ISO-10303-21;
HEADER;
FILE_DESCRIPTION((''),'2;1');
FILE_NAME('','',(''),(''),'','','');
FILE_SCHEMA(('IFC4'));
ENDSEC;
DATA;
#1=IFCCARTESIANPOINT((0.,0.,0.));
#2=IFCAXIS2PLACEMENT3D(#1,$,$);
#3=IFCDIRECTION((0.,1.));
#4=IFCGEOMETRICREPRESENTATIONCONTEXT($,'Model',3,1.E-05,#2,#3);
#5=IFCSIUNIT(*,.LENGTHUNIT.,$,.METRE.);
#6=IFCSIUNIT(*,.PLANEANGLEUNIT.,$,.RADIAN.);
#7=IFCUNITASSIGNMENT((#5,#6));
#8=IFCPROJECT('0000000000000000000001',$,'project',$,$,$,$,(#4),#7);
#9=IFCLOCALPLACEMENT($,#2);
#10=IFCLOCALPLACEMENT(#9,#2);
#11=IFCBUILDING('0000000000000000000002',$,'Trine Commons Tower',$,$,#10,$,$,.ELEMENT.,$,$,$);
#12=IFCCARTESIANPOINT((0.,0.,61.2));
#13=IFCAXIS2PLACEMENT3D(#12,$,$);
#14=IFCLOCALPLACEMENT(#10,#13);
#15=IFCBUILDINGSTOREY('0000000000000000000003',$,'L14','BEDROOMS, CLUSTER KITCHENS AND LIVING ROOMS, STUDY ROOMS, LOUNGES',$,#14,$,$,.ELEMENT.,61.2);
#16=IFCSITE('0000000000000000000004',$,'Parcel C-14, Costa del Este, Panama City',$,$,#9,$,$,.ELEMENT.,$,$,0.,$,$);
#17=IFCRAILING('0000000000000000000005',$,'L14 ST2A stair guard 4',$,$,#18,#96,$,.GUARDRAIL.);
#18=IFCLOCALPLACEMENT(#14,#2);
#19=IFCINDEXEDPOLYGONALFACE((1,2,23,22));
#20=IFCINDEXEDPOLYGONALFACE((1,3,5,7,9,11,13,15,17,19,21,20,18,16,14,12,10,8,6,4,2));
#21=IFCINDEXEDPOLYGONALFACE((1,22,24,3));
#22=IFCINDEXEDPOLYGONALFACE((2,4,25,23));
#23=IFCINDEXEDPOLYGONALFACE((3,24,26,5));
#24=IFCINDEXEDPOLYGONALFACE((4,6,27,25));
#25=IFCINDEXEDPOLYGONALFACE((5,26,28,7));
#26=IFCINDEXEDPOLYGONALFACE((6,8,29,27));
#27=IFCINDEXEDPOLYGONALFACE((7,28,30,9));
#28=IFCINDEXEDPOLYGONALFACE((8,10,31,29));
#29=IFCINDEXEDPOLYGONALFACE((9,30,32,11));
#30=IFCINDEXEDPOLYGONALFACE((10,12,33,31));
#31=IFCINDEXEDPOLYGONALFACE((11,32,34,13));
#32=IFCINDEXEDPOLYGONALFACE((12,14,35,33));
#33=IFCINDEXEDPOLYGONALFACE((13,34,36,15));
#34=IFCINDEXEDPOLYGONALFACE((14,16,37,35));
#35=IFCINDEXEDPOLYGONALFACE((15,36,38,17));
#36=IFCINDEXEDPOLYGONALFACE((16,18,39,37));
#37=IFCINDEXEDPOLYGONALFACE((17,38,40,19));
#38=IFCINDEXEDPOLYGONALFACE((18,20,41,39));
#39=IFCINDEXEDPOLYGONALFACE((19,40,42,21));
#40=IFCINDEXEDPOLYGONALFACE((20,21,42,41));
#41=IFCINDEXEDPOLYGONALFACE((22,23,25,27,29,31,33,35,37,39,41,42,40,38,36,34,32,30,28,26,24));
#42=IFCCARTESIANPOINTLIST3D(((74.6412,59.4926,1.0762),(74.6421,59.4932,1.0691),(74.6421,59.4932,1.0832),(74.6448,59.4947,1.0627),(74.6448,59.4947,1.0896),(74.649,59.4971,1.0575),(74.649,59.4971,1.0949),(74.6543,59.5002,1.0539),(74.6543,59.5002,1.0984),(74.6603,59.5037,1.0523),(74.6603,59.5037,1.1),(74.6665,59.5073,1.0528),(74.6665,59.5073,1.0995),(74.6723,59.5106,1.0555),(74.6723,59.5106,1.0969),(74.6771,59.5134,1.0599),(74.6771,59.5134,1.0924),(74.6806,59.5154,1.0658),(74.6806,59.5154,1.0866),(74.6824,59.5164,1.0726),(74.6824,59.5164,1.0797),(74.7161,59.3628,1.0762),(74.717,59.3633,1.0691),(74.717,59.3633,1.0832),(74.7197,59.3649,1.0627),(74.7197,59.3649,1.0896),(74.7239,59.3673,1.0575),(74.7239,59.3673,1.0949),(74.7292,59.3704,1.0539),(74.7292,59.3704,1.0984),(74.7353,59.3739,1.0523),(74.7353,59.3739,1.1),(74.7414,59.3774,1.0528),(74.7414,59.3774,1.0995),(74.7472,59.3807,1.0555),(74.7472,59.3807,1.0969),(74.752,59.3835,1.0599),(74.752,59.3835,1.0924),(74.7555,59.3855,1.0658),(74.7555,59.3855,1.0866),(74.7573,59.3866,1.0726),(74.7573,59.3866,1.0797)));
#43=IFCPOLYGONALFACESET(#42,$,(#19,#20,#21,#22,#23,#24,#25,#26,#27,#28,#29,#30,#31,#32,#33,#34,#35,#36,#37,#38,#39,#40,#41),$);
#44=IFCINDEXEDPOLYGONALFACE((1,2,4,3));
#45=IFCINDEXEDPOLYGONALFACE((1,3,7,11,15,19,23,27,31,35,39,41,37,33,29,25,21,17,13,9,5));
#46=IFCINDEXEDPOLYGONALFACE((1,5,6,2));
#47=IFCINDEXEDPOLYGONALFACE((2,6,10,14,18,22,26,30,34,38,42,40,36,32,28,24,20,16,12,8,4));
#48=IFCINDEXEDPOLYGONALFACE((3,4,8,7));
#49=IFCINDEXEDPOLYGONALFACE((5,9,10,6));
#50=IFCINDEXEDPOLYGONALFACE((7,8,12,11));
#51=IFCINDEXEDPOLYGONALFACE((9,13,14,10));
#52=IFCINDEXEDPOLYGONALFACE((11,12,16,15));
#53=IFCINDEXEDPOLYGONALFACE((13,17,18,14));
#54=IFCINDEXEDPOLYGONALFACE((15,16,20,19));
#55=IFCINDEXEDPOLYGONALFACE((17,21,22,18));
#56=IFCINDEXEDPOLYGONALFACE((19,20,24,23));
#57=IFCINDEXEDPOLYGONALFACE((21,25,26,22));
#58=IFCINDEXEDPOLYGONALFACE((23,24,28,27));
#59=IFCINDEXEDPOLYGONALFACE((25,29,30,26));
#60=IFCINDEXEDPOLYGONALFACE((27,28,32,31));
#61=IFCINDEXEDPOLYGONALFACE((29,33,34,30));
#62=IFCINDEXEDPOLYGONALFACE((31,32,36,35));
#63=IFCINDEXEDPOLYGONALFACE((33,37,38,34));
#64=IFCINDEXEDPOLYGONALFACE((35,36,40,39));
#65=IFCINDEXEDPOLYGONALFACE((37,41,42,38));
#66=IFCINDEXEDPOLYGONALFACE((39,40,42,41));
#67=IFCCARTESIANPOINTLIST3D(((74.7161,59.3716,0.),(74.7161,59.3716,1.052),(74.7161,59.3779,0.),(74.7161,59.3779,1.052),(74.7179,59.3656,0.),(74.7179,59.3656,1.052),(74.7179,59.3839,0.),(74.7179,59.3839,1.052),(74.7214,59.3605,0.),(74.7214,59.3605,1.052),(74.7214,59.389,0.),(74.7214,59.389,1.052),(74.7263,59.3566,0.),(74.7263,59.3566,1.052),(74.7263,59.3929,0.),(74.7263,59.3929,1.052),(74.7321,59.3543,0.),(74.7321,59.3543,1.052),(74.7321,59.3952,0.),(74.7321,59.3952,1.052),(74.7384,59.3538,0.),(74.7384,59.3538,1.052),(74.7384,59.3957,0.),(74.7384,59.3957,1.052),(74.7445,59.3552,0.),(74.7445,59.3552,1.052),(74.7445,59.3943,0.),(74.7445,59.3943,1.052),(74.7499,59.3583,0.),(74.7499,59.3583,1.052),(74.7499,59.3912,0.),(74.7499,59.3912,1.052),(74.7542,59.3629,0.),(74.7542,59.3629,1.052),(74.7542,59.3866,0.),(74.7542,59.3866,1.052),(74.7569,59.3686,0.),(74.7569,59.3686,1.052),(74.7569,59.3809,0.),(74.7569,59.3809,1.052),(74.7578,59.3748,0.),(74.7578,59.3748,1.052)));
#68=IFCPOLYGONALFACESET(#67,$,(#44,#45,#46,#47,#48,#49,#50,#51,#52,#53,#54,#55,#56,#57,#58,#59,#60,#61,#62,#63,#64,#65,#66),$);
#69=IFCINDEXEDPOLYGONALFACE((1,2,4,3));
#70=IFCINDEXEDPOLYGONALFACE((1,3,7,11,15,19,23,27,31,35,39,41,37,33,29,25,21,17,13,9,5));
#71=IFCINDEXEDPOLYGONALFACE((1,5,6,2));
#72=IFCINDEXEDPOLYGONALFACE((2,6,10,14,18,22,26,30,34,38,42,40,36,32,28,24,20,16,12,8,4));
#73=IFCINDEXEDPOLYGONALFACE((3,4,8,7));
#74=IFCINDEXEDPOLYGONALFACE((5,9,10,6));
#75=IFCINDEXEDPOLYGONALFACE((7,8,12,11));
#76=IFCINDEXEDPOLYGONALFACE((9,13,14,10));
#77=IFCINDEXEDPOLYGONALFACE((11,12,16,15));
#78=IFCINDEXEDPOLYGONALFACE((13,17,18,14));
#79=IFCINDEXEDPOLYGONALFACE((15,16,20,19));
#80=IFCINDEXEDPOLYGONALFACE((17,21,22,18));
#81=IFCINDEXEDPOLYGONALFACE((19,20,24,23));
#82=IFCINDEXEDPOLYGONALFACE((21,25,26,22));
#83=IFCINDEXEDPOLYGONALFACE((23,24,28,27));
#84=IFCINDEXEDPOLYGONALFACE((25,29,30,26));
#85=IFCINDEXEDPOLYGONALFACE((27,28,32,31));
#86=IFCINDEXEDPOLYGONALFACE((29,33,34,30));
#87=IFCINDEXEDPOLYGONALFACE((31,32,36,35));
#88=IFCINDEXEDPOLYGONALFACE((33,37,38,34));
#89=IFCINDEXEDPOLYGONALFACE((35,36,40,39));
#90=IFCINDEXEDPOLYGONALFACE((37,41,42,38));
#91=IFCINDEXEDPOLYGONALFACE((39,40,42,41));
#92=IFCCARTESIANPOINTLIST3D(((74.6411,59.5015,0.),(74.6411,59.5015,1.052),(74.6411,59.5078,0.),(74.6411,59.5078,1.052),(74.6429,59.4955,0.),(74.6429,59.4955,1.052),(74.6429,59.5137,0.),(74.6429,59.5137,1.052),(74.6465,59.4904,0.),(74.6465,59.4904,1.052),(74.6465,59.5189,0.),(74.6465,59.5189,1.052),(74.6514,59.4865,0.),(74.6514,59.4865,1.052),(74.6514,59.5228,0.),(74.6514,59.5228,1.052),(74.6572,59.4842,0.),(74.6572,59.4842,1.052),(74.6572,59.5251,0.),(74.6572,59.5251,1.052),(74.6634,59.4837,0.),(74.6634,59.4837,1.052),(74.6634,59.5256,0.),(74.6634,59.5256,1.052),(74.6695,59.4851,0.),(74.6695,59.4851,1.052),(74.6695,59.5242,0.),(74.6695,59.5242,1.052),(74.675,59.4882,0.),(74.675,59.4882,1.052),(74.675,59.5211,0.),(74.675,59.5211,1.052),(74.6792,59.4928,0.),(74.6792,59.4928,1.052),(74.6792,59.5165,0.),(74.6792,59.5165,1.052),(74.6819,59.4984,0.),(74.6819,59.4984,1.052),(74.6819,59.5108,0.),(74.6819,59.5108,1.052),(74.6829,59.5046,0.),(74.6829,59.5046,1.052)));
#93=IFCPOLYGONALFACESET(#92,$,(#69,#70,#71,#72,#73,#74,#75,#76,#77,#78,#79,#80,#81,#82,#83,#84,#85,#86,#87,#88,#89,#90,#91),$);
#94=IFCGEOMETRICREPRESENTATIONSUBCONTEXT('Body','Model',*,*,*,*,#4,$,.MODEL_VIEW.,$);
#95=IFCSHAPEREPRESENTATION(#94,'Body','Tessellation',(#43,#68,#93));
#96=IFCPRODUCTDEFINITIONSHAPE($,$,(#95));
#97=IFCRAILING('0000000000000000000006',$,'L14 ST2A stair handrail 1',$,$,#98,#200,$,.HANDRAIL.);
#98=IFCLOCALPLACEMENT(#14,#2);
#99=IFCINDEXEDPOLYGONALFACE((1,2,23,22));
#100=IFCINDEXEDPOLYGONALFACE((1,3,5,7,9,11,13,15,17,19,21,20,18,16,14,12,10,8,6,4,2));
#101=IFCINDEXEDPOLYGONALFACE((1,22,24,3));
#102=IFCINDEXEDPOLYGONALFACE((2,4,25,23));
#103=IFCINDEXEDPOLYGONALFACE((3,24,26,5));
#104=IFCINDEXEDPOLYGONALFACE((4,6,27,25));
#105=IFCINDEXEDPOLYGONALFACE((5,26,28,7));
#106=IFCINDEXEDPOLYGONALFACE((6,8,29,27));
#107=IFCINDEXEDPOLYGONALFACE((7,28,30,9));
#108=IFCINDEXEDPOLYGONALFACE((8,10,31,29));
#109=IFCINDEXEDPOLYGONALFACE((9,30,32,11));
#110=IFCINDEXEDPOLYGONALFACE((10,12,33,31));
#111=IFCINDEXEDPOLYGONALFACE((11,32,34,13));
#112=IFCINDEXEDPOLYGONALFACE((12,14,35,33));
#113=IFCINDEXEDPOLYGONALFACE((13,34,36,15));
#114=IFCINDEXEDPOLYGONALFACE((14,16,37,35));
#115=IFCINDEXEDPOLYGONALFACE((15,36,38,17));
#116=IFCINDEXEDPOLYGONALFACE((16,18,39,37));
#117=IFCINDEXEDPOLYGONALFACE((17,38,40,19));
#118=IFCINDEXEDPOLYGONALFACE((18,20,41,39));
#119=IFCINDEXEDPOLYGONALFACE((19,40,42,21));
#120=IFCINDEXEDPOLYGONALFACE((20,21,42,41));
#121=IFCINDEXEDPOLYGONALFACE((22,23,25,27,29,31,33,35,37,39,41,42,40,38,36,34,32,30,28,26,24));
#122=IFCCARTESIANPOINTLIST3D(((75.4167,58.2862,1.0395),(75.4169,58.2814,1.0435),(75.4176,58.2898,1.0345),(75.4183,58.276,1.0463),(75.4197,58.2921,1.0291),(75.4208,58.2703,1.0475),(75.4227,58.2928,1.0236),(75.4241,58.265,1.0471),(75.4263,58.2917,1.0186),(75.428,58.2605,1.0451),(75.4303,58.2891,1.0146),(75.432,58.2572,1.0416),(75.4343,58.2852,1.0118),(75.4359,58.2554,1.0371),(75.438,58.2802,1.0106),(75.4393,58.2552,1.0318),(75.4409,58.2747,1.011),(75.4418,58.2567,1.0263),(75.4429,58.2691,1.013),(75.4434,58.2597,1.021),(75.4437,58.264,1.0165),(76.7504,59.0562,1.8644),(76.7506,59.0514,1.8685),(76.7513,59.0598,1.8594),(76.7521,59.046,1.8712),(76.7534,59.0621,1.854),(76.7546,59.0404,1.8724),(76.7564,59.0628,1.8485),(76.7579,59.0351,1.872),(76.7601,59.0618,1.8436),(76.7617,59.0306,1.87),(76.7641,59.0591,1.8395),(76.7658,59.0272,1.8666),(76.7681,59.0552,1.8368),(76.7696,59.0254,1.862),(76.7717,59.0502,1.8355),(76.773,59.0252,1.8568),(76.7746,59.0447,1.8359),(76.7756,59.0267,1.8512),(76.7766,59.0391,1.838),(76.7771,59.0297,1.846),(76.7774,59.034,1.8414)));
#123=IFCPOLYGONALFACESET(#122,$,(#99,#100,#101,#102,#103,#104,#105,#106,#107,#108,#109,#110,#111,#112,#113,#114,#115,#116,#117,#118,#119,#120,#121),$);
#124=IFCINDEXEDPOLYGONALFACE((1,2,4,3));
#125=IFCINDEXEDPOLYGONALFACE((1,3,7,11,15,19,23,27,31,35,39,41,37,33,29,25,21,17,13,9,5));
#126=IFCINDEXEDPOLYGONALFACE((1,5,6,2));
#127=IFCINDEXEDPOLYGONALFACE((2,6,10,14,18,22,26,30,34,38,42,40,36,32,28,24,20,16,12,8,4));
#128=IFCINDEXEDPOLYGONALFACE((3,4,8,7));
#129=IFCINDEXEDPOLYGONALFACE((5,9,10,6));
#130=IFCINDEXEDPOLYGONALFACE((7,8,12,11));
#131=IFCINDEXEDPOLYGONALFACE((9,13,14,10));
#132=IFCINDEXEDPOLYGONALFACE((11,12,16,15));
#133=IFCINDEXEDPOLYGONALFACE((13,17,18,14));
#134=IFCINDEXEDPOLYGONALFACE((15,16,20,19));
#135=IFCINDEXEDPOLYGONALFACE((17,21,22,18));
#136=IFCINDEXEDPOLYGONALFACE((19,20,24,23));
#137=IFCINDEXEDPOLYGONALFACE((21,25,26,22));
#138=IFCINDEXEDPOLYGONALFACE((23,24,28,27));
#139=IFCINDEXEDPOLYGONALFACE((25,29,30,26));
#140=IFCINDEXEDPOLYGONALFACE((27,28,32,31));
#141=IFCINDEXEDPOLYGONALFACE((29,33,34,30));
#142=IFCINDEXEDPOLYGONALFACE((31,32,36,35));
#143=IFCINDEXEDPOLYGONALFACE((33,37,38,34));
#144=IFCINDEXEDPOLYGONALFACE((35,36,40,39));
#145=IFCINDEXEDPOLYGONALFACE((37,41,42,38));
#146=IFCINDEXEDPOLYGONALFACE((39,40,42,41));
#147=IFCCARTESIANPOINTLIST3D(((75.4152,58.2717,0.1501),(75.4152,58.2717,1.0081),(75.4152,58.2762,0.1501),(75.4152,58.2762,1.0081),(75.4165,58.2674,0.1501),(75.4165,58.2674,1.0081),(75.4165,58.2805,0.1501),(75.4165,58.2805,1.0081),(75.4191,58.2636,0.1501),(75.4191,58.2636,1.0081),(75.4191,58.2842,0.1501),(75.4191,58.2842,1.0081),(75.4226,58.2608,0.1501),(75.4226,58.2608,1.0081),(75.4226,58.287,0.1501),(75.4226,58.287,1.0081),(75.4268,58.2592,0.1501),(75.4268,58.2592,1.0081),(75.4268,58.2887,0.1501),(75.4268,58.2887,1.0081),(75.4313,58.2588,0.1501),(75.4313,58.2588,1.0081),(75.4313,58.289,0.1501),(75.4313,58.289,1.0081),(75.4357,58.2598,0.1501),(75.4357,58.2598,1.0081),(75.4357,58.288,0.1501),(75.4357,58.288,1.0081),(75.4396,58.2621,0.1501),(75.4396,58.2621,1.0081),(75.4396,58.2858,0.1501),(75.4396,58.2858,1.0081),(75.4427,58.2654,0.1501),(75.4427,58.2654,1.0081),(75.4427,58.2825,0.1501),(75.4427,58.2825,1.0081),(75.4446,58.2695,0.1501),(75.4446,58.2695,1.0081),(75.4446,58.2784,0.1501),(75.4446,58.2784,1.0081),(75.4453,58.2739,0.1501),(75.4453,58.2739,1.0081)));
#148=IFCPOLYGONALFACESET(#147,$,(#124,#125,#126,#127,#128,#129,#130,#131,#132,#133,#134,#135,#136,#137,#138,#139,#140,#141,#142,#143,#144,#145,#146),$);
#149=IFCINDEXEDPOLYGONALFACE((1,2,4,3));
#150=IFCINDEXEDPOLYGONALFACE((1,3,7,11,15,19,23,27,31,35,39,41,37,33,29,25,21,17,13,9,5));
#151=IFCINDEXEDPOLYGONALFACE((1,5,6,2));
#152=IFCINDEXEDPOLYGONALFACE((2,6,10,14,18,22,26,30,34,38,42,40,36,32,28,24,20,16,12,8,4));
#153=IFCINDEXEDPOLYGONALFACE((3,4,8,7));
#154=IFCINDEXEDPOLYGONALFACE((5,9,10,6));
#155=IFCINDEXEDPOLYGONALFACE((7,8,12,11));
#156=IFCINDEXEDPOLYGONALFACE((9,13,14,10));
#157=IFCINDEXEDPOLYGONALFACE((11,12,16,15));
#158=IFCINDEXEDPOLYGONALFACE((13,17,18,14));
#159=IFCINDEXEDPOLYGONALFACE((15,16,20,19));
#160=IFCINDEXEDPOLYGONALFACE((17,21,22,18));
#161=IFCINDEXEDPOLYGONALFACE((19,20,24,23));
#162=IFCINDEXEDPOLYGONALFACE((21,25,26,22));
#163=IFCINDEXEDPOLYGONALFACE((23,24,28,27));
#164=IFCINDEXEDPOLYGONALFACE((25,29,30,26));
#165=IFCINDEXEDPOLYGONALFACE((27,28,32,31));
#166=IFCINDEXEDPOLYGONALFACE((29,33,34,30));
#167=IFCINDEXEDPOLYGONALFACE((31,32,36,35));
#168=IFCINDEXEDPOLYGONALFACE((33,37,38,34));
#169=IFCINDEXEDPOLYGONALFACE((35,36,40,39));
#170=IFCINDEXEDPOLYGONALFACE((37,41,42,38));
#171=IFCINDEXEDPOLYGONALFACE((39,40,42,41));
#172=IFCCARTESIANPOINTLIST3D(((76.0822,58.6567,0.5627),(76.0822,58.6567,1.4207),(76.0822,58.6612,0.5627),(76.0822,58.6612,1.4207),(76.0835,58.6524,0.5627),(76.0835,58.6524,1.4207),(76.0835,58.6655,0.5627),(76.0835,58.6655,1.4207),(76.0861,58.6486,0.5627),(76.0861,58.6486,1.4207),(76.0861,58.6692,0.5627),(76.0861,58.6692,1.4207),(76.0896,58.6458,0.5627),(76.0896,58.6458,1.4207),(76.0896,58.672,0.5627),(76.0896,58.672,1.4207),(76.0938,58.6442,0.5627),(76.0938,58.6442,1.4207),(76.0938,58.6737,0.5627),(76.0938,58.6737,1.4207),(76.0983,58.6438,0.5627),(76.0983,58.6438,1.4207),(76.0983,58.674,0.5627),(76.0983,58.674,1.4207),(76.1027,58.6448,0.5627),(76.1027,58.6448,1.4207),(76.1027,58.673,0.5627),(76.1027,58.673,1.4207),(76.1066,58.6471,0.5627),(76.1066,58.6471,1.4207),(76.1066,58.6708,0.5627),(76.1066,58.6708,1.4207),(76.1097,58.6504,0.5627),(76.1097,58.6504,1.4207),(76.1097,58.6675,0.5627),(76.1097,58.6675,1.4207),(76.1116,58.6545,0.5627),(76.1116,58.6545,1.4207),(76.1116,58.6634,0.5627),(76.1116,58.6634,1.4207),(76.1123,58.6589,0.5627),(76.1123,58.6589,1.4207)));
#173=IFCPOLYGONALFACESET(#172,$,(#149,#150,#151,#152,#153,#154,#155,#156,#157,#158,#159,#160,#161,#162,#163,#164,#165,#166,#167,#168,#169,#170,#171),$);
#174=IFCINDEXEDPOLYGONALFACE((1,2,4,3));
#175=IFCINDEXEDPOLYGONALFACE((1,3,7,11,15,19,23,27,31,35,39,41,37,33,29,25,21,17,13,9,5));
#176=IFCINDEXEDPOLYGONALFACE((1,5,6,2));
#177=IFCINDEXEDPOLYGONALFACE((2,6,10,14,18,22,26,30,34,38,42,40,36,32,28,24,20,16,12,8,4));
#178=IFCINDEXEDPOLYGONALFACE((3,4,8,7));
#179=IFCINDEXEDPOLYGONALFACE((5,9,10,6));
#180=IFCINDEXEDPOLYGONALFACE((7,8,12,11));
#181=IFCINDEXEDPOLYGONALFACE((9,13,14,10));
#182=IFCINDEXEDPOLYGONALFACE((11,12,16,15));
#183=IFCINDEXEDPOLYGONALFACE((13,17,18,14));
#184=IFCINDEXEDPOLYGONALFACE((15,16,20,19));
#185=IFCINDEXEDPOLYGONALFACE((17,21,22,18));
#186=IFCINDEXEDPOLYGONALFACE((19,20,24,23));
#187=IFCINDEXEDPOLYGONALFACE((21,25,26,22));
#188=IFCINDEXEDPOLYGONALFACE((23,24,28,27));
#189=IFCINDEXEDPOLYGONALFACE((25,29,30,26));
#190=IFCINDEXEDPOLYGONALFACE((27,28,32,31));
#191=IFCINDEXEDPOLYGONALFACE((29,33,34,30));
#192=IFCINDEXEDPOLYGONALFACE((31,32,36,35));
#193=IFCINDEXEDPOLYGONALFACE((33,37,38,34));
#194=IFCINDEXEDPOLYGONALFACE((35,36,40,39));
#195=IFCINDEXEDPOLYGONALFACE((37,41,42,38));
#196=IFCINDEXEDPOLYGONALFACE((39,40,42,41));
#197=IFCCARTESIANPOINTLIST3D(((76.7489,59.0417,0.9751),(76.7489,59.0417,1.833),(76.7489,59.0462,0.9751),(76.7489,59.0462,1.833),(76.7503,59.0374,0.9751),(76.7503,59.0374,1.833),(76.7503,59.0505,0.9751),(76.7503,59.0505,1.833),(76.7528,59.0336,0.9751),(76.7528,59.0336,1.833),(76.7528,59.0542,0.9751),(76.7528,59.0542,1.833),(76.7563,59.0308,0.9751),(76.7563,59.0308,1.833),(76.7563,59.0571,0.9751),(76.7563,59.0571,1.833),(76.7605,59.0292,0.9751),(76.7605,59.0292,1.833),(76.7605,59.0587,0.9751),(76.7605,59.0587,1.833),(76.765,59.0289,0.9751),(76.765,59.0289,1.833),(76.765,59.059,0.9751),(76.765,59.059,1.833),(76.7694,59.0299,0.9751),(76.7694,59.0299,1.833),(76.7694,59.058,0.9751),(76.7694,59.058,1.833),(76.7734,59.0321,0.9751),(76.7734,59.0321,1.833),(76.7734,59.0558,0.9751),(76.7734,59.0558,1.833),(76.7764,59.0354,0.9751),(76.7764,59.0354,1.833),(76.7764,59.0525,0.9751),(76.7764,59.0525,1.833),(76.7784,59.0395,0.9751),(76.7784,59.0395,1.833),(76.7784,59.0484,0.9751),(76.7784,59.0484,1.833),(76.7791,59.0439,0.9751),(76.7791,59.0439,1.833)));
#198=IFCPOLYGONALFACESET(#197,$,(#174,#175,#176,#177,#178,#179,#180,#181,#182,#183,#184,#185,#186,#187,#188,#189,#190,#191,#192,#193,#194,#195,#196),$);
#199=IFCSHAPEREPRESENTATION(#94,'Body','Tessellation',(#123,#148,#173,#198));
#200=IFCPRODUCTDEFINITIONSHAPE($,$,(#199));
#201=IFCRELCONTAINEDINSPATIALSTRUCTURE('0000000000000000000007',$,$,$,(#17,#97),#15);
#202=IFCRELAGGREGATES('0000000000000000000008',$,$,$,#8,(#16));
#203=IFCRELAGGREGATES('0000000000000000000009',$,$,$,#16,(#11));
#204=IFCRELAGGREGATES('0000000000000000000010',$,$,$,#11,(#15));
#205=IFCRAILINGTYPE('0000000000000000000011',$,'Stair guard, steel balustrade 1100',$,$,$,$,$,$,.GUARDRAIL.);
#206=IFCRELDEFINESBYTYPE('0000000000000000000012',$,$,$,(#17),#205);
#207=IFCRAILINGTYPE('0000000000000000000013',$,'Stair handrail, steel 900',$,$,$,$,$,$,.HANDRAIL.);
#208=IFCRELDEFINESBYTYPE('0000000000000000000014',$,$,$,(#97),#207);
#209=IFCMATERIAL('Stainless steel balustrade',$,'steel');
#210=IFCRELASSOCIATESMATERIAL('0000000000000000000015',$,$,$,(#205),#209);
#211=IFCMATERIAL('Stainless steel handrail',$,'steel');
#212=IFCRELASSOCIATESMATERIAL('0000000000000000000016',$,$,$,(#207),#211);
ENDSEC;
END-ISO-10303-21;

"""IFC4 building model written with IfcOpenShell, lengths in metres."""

from ifc_helpers import new_model, si_unit, direction, frame, origin, origin_2d, place, context, subcontext, project, spatial, circle, extrude, material, type_object, element, save


model = new_model("IFC4")

# Units and contexts
model_context = context("Model", 3, precision=1e-05, world=origin(), true_north=direction((0.0, 1.0)))
body_context = subcontext(model_context, "Body", "Model", "MODEL_VIEW")
ifc_project = project(units=[si_unit("LENGTHUNIT", "METRE"), si_unit("PLANEANGLEUNIT", "RADIAN")], contexts=[model_context])

# Site, building, storey
site_placement = place(None, origin())
site = spatial("IfcSite", under=ifc_project, at=site_placement, Name="Parcel C-14, Costa del Este, Panama City", CompositionType="ELEMENT", RefElevation=0.0)
building_placement = place(site_placement, origin())
building = spatial("IfcBuilding", under=site, at=building_placement, Name="Trine Commons Tower", CompositionType="ELEMENT")
storey_placement = place(building_placement, frame((0.0, 0.0, 61.2)))
storey = spatial("IfcBuildingStorey", under=building, at=storey_placement, Name="L14", Description="BEDROOMS, CLUSTER KITCHENS AND LIVING ROOMS, STUDY ROOMS, LOUNGES", CompositionType="ELEMENT", Elevation=61.2)

# Railings
ifc_material_1 = material(Name="Stainless steel balustrade", Category="steel")
railing_type_1 = type_object("IfcRailingType", Name="Stair guard, steel balustrade 1100", PredefinedType="GUARDRAIL", material=ifc_material_1)
railing_1_placement = place(storey_placement, frame((74.7368, 59.3748, 0.0)))
element("IfcRailing", 1, at=railing_1_placement, inside=storey, type_object=railing_type_1, Name="L14 ST2A stair guard 4", PredefinedType="GUARDRAIL", context=body_context, shape_type="SweptSolid", body=[
    extrude(circle(Radius=0.0239, at=origin_2d()), frame((0.0, 0.0, 1.0762), z_axis=(-0.499816, 0.866131, 0.0), x_axis=(-0.866131, -0.499816, 0.0)), (0.0, 0.0, 1.0), 0.1499),
    extrude(circle(Radius=0.021, at=origin_2d()), origin(), (0.0, 0.0, 1.0), 1.052),
    extrude(circle(Radius=0.021, at=origin_2d()), frame((-0.075, 0.1299, 0.0)), (0.0, 0.0, 1.0), 1.052),
])
ifc_material_2 = material(Name="Stainless steel handrail", Category="steel")
railing_type_2 = type_object("IfcRailingType", Name="Stair handrail, steel 900", PredefinedType="HANDRAIL", material=ifc_material_2)
for number, where, name in (
    (2, (75.4302, 58.2739, 0.1501), "L14 ST2A stair handrail 1"),
):
    element("IfcRailing", number, at=place(storey_placement, frame(where)), inside=storey, type_object=railing_type_2, Name=name, PredefinedType="HANDRAIL", context=body_context, shape_type="SweptSolid", body=[
        extrude(circle(Radius=0.021, at=origin_2d()), frame((0.0, 0.0, 0.8789), z_axis=(0.763405, 0.440743, 0.472185), x_axis=(-0.499992, 0.86603, 0.0)), (0.0, 0.0, 1.0), 1.7471),
        extrude(circle(Radius=0.0151, at=origin_2d()), origin(), (0.0, 0.0, 1.0), 0.8579),
        extrude(circle(Radius=0.0151, at=origin_2d()), frame((0.667, 0.385, 0.4126)), (0.0, 0.0, 1.0), 0.8579),
        extrude(circle(Radius=0.0151, at=origin_2d()), frame((1.3337, 0.77, 0.825)), (0.0, 0.0, 1.0), 0.8579),
    ])

save(model, "model.ifc")
